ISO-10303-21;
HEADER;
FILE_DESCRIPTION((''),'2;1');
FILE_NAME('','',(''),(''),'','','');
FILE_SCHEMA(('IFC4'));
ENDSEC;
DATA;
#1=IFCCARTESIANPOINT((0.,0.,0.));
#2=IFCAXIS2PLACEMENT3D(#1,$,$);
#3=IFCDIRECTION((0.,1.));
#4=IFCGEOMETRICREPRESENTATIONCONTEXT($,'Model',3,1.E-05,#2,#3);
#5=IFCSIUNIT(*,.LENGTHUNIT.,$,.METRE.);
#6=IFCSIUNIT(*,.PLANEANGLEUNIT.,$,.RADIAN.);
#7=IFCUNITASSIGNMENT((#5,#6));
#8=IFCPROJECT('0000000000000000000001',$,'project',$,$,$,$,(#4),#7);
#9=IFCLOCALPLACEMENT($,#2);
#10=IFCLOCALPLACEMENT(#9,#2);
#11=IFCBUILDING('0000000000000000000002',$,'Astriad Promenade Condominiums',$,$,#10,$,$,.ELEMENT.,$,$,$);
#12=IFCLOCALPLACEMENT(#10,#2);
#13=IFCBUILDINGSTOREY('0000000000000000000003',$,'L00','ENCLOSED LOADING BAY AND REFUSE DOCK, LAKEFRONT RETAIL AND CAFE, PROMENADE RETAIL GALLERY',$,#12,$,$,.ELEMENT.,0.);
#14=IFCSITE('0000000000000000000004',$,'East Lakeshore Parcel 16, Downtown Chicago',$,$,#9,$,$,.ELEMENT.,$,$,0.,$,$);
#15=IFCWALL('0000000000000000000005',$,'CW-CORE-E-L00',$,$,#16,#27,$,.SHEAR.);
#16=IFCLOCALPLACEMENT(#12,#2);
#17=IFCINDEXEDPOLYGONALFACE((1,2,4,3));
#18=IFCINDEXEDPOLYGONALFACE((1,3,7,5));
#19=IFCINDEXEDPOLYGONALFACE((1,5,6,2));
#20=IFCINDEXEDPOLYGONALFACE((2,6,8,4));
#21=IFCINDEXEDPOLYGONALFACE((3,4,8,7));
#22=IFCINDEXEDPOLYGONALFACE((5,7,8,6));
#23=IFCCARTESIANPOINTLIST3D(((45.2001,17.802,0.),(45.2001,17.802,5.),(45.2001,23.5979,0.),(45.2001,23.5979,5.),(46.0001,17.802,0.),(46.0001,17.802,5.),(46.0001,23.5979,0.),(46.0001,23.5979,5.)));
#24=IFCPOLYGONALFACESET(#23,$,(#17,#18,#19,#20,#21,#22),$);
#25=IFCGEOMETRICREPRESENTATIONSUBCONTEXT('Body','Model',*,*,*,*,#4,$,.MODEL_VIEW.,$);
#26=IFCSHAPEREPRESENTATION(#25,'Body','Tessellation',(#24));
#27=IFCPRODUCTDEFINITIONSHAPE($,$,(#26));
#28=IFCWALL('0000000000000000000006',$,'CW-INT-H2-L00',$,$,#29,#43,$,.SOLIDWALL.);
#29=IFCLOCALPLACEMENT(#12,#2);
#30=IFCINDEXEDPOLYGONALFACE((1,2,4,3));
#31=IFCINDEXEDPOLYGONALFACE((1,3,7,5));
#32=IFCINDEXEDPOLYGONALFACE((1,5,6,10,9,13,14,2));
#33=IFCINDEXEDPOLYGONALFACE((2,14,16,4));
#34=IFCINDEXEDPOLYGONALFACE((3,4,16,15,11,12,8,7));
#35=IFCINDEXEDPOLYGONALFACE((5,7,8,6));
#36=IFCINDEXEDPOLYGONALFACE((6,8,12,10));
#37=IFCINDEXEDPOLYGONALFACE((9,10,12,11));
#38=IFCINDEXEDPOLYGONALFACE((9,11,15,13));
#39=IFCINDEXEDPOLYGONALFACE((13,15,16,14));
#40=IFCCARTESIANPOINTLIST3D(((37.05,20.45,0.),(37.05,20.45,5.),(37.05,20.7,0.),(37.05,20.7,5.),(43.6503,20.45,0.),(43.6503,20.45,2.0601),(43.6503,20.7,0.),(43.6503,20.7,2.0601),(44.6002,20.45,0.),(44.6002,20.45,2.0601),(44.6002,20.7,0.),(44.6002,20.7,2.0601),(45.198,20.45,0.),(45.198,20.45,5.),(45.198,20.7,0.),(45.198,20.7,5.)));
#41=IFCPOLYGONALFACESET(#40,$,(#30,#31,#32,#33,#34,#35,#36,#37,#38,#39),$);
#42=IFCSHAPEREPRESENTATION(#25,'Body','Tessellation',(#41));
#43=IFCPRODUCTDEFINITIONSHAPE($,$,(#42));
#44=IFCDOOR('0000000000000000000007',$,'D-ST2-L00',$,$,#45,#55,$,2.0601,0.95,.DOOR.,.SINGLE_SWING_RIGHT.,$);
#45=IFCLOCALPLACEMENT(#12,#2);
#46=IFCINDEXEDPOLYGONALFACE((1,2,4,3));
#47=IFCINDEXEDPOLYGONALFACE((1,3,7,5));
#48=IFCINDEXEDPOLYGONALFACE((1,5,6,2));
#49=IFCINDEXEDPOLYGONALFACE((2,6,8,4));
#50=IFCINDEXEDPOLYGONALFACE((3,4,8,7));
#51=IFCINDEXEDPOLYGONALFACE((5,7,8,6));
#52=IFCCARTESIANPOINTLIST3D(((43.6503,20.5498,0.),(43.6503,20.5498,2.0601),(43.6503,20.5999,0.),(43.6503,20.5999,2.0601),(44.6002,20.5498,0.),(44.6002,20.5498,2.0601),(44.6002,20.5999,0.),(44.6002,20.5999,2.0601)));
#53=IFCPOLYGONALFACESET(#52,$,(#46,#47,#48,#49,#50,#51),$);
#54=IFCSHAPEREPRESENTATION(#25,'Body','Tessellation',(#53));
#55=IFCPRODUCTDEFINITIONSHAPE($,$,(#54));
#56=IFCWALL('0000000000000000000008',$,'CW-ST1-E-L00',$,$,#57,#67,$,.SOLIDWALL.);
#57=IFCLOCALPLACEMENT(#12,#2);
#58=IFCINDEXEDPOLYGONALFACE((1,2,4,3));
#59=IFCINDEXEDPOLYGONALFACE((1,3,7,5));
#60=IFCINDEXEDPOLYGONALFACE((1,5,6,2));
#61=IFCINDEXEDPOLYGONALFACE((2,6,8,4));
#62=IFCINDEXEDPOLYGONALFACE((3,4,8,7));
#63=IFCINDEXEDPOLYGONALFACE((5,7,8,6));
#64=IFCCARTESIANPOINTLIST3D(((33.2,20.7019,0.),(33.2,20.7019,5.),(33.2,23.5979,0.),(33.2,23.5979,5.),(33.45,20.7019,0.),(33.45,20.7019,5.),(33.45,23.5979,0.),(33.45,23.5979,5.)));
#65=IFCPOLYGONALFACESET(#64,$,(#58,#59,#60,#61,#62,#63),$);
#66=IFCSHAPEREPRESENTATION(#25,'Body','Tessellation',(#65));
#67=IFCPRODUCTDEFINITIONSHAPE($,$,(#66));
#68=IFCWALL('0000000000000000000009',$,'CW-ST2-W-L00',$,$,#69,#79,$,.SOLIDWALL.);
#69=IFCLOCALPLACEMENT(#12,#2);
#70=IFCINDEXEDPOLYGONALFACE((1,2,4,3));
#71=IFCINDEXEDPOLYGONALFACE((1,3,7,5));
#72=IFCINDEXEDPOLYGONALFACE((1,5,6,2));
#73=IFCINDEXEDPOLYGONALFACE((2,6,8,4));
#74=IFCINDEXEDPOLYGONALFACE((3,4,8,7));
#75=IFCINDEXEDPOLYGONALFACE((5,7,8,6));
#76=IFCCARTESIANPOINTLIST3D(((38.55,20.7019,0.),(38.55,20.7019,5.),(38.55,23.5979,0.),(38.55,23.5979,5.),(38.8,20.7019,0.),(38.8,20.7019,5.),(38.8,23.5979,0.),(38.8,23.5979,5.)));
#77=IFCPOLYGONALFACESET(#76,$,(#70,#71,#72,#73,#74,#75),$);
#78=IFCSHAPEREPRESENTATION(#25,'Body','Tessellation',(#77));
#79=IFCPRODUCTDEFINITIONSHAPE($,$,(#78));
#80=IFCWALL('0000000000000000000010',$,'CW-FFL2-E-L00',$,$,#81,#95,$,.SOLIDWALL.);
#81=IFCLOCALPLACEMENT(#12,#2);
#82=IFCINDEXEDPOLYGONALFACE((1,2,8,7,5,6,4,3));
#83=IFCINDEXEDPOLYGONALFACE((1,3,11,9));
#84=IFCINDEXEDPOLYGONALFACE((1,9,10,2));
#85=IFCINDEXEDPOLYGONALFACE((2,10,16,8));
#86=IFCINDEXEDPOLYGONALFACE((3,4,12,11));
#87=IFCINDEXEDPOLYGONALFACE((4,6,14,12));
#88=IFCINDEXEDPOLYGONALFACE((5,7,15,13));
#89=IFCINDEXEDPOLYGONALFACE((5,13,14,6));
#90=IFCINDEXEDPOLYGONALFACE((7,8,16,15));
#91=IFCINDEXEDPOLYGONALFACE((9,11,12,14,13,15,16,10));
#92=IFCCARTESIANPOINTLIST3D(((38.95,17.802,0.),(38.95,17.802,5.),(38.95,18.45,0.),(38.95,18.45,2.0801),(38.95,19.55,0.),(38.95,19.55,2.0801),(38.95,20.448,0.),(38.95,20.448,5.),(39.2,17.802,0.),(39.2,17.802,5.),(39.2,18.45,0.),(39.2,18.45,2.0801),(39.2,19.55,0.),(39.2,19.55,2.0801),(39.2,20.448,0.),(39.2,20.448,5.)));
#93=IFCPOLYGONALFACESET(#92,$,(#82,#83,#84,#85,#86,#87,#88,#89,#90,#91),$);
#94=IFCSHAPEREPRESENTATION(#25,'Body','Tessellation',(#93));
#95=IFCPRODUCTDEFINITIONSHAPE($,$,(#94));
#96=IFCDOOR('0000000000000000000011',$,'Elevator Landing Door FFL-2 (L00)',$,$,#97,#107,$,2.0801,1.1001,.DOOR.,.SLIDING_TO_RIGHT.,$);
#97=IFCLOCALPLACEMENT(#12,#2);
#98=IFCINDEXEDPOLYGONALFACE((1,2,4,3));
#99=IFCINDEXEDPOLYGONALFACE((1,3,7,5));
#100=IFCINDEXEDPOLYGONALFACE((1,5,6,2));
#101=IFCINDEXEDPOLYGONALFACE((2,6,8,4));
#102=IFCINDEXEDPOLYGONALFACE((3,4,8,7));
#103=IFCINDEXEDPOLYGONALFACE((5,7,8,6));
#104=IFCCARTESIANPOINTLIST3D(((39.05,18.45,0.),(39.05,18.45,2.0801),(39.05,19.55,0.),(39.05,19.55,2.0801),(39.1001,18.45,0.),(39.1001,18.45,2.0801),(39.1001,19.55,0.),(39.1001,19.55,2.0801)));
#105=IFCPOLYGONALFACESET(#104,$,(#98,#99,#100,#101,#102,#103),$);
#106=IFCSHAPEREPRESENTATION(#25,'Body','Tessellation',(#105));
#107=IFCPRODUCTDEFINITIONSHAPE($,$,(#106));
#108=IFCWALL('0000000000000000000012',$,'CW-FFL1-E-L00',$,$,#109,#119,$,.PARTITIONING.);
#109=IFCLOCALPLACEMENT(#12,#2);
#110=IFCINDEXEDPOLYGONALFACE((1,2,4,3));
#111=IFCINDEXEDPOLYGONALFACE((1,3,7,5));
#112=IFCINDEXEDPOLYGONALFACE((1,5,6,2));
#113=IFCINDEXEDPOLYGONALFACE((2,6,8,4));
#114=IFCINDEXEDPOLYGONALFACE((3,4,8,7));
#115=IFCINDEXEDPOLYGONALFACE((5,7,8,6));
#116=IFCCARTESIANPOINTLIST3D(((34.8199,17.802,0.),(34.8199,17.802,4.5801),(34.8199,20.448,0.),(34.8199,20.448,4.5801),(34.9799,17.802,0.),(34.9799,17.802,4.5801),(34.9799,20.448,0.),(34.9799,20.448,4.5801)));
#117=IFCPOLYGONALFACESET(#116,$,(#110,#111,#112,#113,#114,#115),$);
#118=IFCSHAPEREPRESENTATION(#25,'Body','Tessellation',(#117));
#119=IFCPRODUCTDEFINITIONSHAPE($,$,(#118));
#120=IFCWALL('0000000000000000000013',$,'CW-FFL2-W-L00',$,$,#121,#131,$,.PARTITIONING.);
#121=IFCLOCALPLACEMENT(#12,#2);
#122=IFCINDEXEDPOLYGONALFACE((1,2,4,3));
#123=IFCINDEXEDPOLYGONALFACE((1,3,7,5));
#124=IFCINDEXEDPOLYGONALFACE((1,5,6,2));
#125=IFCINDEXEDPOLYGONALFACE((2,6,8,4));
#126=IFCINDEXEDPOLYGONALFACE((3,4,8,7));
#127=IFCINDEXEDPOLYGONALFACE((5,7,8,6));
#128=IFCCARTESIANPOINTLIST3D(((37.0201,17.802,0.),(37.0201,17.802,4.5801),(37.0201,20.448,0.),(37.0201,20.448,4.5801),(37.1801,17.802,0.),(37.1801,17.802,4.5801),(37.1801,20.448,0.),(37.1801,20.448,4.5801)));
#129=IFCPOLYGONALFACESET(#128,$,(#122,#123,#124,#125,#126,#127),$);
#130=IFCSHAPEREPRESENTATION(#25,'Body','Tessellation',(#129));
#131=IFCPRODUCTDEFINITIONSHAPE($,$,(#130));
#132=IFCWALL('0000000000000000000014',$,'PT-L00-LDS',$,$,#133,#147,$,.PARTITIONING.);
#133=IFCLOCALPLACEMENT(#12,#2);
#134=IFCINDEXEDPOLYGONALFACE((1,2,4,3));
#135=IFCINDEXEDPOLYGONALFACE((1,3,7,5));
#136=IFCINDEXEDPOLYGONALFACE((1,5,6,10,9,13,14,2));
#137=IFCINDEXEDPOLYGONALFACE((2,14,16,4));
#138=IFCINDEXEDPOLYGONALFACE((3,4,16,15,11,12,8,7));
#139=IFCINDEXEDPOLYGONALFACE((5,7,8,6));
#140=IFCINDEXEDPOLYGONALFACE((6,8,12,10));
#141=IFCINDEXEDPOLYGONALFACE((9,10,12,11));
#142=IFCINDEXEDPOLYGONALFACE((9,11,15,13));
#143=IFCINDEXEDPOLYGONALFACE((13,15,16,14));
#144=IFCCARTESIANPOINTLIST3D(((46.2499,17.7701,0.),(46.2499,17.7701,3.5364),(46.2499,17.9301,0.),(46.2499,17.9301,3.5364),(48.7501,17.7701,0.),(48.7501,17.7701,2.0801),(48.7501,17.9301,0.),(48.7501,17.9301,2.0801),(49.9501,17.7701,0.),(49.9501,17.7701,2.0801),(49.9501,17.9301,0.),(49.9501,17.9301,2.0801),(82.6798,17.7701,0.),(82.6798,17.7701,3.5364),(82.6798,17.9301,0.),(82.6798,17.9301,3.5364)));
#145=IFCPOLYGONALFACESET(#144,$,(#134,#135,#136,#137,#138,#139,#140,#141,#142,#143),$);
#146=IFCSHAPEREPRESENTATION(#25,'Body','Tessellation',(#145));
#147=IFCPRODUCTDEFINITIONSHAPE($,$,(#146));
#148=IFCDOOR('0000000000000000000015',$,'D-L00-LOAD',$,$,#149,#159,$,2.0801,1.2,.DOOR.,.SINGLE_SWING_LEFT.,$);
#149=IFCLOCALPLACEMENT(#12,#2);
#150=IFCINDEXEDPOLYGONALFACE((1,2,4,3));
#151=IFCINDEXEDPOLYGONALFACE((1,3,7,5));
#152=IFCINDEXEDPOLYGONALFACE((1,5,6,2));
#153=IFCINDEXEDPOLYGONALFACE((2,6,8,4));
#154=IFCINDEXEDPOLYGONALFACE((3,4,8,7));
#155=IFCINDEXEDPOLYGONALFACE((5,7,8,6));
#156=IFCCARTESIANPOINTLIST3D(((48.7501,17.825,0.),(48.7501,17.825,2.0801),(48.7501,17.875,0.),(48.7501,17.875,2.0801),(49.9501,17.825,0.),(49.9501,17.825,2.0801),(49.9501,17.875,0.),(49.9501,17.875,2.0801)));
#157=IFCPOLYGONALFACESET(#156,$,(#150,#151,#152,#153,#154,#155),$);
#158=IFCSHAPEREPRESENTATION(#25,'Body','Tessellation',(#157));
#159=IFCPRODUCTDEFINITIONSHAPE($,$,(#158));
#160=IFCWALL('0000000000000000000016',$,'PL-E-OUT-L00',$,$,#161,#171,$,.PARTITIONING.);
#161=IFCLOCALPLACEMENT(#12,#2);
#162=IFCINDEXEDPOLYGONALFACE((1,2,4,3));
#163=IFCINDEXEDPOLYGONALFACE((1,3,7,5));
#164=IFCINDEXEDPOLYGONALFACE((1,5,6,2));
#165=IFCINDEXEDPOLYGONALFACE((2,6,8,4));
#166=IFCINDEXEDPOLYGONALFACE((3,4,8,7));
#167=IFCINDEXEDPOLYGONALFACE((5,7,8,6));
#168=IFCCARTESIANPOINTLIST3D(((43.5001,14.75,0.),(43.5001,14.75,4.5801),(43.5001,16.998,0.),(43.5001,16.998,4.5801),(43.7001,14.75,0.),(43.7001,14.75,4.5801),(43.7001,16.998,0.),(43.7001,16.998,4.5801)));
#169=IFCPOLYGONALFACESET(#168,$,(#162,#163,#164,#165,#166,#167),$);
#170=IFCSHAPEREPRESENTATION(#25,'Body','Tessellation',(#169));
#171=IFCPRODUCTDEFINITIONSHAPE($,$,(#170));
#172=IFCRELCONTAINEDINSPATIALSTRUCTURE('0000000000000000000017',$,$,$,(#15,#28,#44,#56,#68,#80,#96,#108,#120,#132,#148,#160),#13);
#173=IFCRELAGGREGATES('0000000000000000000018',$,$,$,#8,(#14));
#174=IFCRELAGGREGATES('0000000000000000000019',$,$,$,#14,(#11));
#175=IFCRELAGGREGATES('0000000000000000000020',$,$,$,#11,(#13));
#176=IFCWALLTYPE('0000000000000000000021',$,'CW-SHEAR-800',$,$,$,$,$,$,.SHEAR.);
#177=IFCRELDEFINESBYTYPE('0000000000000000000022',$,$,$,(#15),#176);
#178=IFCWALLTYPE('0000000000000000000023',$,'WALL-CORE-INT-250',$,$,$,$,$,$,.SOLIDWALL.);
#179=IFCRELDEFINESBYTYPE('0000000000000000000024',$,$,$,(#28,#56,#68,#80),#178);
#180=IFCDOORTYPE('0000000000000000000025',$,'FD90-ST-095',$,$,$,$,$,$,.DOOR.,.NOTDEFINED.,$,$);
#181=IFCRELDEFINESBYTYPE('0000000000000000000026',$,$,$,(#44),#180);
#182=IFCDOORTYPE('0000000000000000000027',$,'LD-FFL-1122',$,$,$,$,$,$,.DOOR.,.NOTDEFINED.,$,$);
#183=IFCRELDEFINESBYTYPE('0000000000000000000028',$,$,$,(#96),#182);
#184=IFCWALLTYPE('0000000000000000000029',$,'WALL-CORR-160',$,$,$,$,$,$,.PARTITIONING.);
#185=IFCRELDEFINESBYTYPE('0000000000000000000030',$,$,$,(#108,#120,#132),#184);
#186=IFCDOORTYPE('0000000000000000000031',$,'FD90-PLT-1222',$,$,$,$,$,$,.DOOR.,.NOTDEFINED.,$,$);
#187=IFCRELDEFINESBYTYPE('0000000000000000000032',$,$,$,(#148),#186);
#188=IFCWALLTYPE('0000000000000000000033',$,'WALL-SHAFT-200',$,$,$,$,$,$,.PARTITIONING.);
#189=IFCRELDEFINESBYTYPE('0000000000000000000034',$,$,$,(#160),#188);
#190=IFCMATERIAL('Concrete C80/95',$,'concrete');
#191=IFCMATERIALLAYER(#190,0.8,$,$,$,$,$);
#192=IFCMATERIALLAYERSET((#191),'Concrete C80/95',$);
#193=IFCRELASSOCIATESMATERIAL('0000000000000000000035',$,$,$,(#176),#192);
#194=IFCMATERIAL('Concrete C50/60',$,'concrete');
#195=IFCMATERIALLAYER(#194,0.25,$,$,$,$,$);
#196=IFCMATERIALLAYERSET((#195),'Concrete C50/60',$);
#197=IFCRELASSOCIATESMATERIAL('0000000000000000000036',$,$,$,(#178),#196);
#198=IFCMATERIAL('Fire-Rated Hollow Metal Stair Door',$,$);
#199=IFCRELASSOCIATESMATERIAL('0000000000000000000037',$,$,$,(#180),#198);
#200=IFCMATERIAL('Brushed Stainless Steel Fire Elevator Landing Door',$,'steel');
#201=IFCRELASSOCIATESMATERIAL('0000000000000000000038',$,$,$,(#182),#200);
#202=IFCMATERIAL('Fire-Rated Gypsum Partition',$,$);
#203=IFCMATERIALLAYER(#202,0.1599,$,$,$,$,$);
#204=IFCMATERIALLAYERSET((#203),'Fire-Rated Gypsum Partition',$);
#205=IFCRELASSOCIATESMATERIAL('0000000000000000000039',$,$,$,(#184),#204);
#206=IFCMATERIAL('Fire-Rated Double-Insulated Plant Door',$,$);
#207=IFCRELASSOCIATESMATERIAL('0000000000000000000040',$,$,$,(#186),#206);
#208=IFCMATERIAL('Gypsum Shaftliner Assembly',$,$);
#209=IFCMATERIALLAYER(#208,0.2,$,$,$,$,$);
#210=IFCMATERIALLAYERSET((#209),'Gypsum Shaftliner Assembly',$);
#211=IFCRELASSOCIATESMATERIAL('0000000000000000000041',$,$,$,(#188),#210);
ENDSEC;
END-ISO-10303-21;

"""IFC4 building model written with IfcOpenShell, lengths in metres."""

from ifc_helpers import new_model, si_unit, direction, frame, frame_2d, origin, place, context, subcontext, project, spatial, rectangle, extrude, source, transform, mapped, material, layer, layer_set, type_object, type_shapes, element, fill, save


model = new_model("IFC4")

# Units and contexts
model_context = context("Model", 3, precision=1e-05, world=origin(), true_north=direction((0.0, 1.0)))
body_context = subcontext(model_context, "Body", "Model", "MODEL_VIEW")
ifc_project = project(units=[si_unit("LENGTHUNIT", "METRE"), si_unit("PLANEANGLEUNIT", "RADIAN")], contexts=[model_context])

# Site, building, storey
site_placement = place(None, origin())
site = spatial("IfcSite", under=ifc_project, at=site_placement, Name="East Lakeshore Parcel 16, Downtown Chicago", CompositionType="ELEMENT", RefElevation=0.0)
building_placement = place(site_placement, origin())
building = spatial("IfcBuilding", under=site, at=building_placement, Name="Astriad Promenade Condominiums", CompositionType="ELEMENT")
storey_placement = place(building_placement, origin())
storey = spatial("IfcBuildingStorey", under=building, at=storey_placement, Name="L00", Description="ENCLOSED LOADING BAY AND REFUSE DOCK, LAKEFRONT RETAIL AND CAFE, PROMENADE RETAIL GALLERY", CompositionType="ELEMENT", Elevation=0.0)

# Wall
ifc_material_1 = material(Name="Concrete C80/95", Category="concrete")
ifc_layer_1 = layer(ifc_material_1, 0.8)
ifc_layer_set_1 = layer_set([ifc_layer_1], Name="Concrete C80/95")
wall_type_1 = type_object("IfcWallType", Name="CW-SHEAR-800", PredefinedType="SHEAR", material=ifc_layer_set_1)
wall_1_placement = place(storey_placement, frame((45.6001, 17.802, 0.0), z_axis=(0.0, 0.0, 1.0), x_axis=(0.0, 1.0, 0.0)))
element("IfcWall", 1, at=wall_1_placement, inside=storey, type_object=wall_type_1, Name="CW-CORE-E-L00", PredefinedType="SHEAR", context=body_context, shape_type="SweptSolid", body=[
    extrude(rectangle(XDim=5.7959, YDim=0.8, at=frame_2d((2.8979, 0.0))), origin(), (0.0, 0.0, 1.0), 5.0),
])

# Wall, opening, door
ifc_material_2 = material(Name="Concrete C50/60", Category="concrete")
ifc_layer_2 = layer(ifc_material_2, 0.25)
ifc_layer_set_2 = layer_set([ifc_layer_2], Name="Concrete C50/60")
wall_type_2 = type_object("IfcWallType", Name="WALL-CORE-INT-250", PredefinedType="SOLIDWALL", material=ifc_layer_set_2)
wall_2_placement = place(storey_placement, frame((37.05, 20.575, 0.0), z_axis=(0.0, 0.0, 1.0), x_axis=(1.0, 0.0, 0.0)))
wall_2 = element("IfcWall", 2, at=wall_2_placement, inside=storey, type_object=wall_type_2, Name="CW-INT-H2-L00", PredefinedType="SOLIDWALL", context=body_context, shape_type="SweptSolid", body=[
    extrude(rectangle(XDim=8.1479, YDim=0.25, at=frame_2d((4.074, 0.0))), origin(), (0.0, 0.0, 1.0), 5.0),
])
opening_1_placement = place(wall_2_placement, frame((6.6001, 0.0, 0.0)))
opening_1 = element("IfcOpeningElement", 3, at=opening_1_placement, cuts=wall_2, PredefinedType="OPENING", context=body_context, shape_type="SweptSolid", body=[
    extrude(rectangle(XDim=0.95, YDim=2.0601, at=frame_2d((0.4751, 1.03))), frame((0.0, 0.135, 0.0), z_axis=(0.0, -1.0, 0.0), x_axis=(1.0, 0.0, 0.0)), (0.0, 0.0, 1.0), 0.27),
])
ifc_material_3 = material(Name="Fire-Rated Hollow Metal Stair Door")
door_type_1 = type_object("IfcDoorType", Name="FD90-ST-095", OperationType="NOTDEFINED", PredefinedType="DOOR", material=ifc_material_3)
shared_shape_1 = source(origin(), body_context, "Body", "SweptSolid", [
    extrude(rectangle(XDim=0.95, YDim=2.0601, at=frame_2d((0.4751, 1.03))), frame((0.0, 0.0249, 0.0), z_axis=(0.0, -1.0, 0.0), x_axis=(1.0, 0.0, 0.0)), (0.0, 0.0, 1.0), 0.05),
])
type_shapes(door_type_1, [shared_shape_1])
door_1_placement = place(opening_1_placement, origin())
door_1 = element("IfcDoor", 4, at=door_1_placement, inside=storey, type_object=door_type_1, Name="D-ST2-L00", OperationType="SINGLE_SWING_RIGHT", OverallHeight=2.0601, OverallWidth=0.95, PredefinedType="DOOR", context=body_context, shape_type="MappedRepresentation", body=[
    mapped(shared_shape_1, transform((0.0, 0.0, 0.0), scale=1.0)),
])
fill(opening_1, door_1)

# Walls
for number, where, z_axis, x_axis, name in (
    (5, (33.325, 20.7019, 0.0), (0.0, 0.0, 1.0), (0.0, 1.0, 0.0), "CW-ST1-E-L00"),
    (6, (38.675, 20.7019, 0.0), (0.0, 0.0, 1.0), (0.0, 1.0, 0.0), "CW-ST2-W-L00"),
):
    element("IfcWall", number, at=place(storey_placement, frame(where, z_axis=z_axis, x_axis=x_axis)), inside=storey, type_object=wall_type_2, Name=name, PredefinedType="SOLIDWALL", context=body_context, shape_type="SweptSolid", body=[
        extrude(rectangle(XDim=2.896, YDim=0.25, at=frame_2d((1.448, 0.0))), origin(), (0.0, 0.0, 1.0), 5.0),
    ])

# Wall, opening, door
wall_3_placement = place(storey_placement, frame((39.075, 17.802, 0.0), z_axis=(0.0, 0.0, 1.0), x_axis=(0.0, 1.0, 0.0)))
wall_3 = element("IfcWall", 7, at=wall_3_placement, inside=storey, type_object=wall_type_2, Name="CW-FFL2-E-L00", PredefinedType="SOLIDWALL", context=body_context, shape_type="SweptSolid", body=[
    extrude(rectangle(XDim=2.646, YDim=0.25, at=frame_2d((1.323, 0.0))), origin(), (0.0, 0.0, 1.0), 5.0),
])
opening_2_placement = place(wall_3_placement, frame((0.6479, 0.0, 0.0)))
opening_2 = element("IfcOpeningElement", 8, at=opening_2_placement, cuts=wall_3, PredefinedType="OPENING", context=body_context, shape_type="SweptSolid", body=[
    extrude(rectangle(XDim=1.1001, YDim=2.0801, at=frame_2d((0.55, 1.04))), frame((0.0, 0.135, 0.0), z_axis=(0.0, -1.0, 0.0), x_axis=(1.0, 0.0, 0.0)), (0.0, 0.0, 1.0), 0.27),
])
ifc_material_4 = material(Name="Brushed Stainless Steel Fire Elevator Landing Door", Category="steel")
door_type_2 = type_object("IfcDoorType", Name="LD-FFL-1122", OperationType="NOTDEFINED", PredefinedType="DOOR", material=ifc_material_4)
shared_shape_2 = source(origin(), body_context, "Body", "SweptSolid", [
    extrude(rectangle(XDim=1.1001, YDim=2.0801, at=frame_2d((0.55, 1.04))), frame((0.0, 0.0249, 0.0), z_axis=(0.0, -1.0, 0.0), x_axis=(1.0, 0.0, 0.0)), (0.0, 0.0, 1.0), 0.05),
])
type_shapes(door_type_2, [shared_shape_2])
door_2_placement = place(opening_2_placement, origin())
door_2 = element("IfcDoor", 9, at=door_2_placement, inside=storey, type_object=door_type_2, Name="Elevator Landing Door FFL-2 (L00)", OperationType="SLIDING_TO_RIGHT", OverallHeight=2.0801, OverallWidth=1.1001, PredefinedType="DOOR", context=body_context, shape_type="MappedRepresentation", body=[
    mapped(shared_shape_2, transform((0.0, 0.0, 0.0), scale=1.0)),
])
fill(opening_2, door_2)

# Walls
ifc_material_5 = material(Name="Fire-Rated Gypsum Partition")
ifc_layer_3 = layer(ifc_material_5, 0.1599)
ifc_layer_set_3 = layer_set([ifc_layer_3], Name="Fire-Rated Gypsum Partition")
wall_type_3 = type_object("IfcWallType", Name="WALL-CORR-160", PredefinedType="PARTITIONING", material=ifc_layer_set_3)
for number, where, z_axis, x_axis, name in (
    (10, (34.8999, 17.802, 0.0), (0.0, 0.0, 1.0), (0.0, 1.0, 0.0), "CW-FFL1-E-L00"),
    (11, (37.1001, 17.802, 0.0), (0.0, 0.0, 1.0), (0.0, 1.0, 0.0), "CW-FFL2-W-L00"),
):
    element("IfcWall", number, at=place(storey_placement, frame(where, z_axis=z_axis, x_axis=x_axis)), inside=storey, type_object=wall_type_3, Name=name, PredefinedType="PARTITIONING", context=body_context, shape_type="SweptSolid", body=[
        extrude(rectangle(XDim=2.646, YDim=0.1599, at=frame_2d((1.323, 0.0))), origin(), (0.0, 0.0, 1.0), 4.5801),
    ])

# Wall, opening, door
wall_4_placement = place(storey_placement, frame((46.25, 17.8501, 0.0), z_axis=(0.0, 0.0, 1.0), x_axis=(1.0, 0.0, 0.0)))
wall_4 = element("IfcWall", 12, at=wall_4_placement, inside=storey, type_object=wall_type_3, Name="PT-L00-LDS", PredefinedType="PARTITIONING", context=body_context, shape_type="SweptSolid", body=[
    extrude(rectangle(XDim=36.4299, YDim=0.1599, at=frame_2d((18.2148, 0.0))), origin(), (0.0, 0.0, 1.0), 3.5364),
])
opening_3_placement = place(wall_4_placement, frame((2.5, 0.0, 0.0)))
opening_3 = element("IfcOpeningElement", 13, at=opening_3_placement, cuts=wall_4, PredefinedType="OPENING", context=body_context, shape_type="SweptSolid", body=[
    extrude(rectangle(XDim=1.2, YDim=2.0801, at=frame_2d((0.6001, 1.04))), frame((0.0, 0.0898, 0.0), z_axis=(0.0, -1.0, 0.0), x_axis=(1.0, 0.0, 0.0)), (0.0, 0.0, 1.0), 0.1799),
])
ifc_material_6 = material(Name="Fire-Rated Double-Insulated Plant Door")
door_type_3 = type_object("IfcDoorType", Name="FD90-PLT-1222", OperationType="NOTDEFINED", PredefinedType="DOOR", material=ifc_material_6)
shared_shape_3 = source(origin(), body_context, "Body", "SweptSolid", [
    extrude(rectangle(XDim=1.2, YDim=2.0801, at=frame_2d((0.6001, 1.04))), frame((0.0, 0.0249, 0.0), z_axis=(0.0, -1.0, 0.0), x_axis=(1.0, 0.0, 0.0)), (0.0, 0.0, 1.0), 0.05),
])
type_shapes(door_type_3, [shared_shape_3])
door_3_placement = place(opening_3_placement, origin())
door_3 = element("IfcDoor", 14, at=door_3_placement, inside=storey, type_object=door_type_3, Name="D-L00-LOAD", OperationType="SINGLE_SWING_LEFT", OverallHeight=2.0801, OverallWidth=1.2, PredefinedType="DOOR", context=body_context, shape_type="MappedRepresentation", body=[
    mapped(shared_shape_3, transform((0.0, 0.0, 0.0), scale=1.0)),
])
fill(opening_3, door_3)

# Wall
ifc_material_7 = material(Name="Gypsum Shaftliner Assembly")
ifc_layer_4 = layer(ifc_material_7, 0.2)
ifc_layer_set_4 = layer_set([ifc_layer_4], Name="Gypsum Shaftliner Assembly")
wall_type_4 = type_object("IfcWallType", Name="WALL-SHAFT-200", PredefinedType="PARTITIONING", material=ifc_layer_set_4)
wall_5_placement = place(storey_placement, frame((43.6001, 14.75, 0.0), z_axis=(0.0, 0.0, 1.0), x_axis=(0.0, 1.0, 0.0)))
element("IfcWall", 15, at=wall_5_placement, inside=storey, type_object=wall_type_4, Name="PL-E-OUT-L00", PredefinedType="PARTITIONING", context=body_context, shape_type="SweptSolid", body=[
    extrude(rectangle(XDim=2.248, YDim=0.2, at=frame_2d((1.124, 0.0))), origin(), (0.0, 0.0, 1.0), 4.5801),
])

save(model, "model.ifc")
